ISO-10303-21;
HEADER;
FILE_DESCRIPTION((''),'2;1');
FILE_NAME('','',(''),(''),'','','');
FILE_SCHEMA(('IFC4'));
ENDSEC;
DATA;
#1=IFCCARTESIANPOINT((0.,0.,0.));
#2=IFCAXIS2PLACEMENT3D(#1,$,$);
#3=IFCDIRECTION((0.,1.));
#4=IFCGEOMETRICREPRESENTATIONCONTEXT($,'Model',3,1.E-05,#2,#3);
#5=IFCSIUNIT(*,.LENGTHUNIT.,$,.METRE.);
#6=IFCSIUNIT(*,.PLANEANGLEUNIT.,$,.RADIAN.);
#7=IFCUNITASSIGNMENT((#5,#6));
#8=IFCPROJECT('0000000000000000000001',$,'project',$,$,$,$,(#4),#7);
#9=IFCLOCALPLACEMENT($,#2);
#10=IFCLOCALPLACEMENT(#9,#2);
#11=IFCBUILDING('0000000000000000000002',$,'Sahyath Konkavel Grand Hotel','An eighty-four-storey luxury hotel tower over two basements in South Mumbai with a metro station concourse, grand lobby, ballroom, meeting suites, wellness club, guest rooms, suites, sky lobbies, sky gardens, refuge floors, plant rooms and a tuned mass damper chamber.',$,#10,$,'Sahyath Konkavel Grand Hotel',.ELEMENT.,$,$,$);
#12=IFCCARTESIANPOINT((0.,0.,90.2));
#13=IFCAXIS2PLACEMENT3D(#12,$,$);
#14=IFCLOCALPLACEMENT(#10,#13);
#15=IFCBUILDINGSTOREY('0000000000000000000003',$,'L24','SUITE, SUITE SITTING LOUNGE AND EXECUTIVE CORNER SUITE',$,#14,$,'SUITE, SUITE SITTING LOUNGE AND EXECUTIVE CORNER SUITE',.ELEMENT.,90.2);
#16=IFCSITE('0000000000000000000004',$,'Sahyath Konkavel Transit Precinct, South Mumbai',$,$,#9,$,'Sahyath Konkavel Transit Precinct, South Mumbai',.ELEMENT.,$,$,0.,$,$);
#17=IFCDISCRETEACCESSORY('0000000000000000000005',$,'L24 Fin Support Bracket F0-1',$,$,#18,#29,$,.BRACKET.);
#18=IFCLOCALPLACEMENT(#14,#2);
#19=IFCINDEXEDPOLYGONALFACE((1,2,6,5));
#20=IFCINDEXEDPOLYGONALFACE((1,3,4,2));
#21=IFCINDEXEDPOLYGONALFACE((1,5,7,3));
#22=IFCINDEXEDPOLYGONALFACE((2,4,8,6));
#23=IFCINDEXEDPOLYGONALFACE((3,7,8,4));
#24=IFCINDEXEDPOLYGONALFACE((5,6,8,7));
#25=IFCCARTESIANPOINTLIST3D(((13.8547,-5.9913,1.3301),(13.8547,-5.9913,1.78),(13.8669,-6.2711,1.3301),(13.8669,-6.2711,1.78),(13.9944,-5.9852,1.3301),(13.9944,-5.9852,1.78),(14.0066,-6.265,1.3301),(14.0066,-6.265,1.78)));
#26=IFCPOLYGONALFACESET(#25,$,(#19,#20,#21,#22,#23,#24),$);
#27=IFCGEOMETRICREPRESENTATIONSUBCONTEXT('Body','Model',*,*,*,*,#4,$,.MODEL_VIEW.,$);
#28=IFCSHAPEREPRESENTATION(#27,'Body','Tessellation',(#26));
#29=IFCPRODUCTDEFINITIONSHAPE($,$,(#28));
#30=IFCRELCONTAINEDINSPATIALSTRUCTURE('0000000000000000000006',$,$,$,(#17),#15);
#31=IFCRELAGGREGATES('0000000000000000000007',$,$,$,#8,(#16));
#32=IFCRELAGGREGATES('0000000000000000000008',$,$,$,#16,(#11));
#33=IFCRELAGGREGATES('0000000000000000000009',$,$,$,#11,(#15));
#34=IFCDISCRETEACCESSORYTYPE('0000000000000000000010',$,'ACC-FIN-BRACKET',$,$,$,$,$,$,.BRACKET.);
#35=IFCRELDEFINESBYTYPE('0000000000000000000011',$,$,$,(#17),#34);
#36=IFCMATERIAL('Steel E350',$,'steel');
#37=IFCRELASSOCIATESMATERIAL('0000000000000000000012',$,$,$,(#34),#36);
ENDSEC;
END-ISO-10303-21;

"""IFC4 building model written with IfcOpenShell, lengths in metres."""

from ifc_helpers import new_model, si_unit, direction, frame, origin, origin_2d, place, context, subcontext, project, spatial, rectangle, extrude, source, transform, mapped, material, type_object, element, save


model = new_model("IFC4")

# Units and contexts
model_context = context("Model", 3, precision=1e-05, world=origin(), true_north=direction((0.0, 1.0)))
body_context = subcontext(model_context, "Body", "Model", "MODEL_VIEW")
ifc_project = project(units=[si_unit("LENGTHUNIT", "METRE"), si_unit("PLANEANGLEUNIT", "RADIAN")], contexts=[model_context])

# Site, building, storey
site_placement = place(None, origin())
site = spatial("IfcSite", under=ifc_project, at=site_placement, Name="Sahyath Konkavel Transit Precinct, South Mumbai", LongName="Sahyath Konkavel Transit Precinct, South Mumbai", CompositionType="ELEMENT", RefElevation=0.0)
building_placement = place(site_placement, origin())
building = spatial("IfcBuilding", under=site, at=building_placement, Name="Sahyath Konkavel Grand Hotel", Description="An eighty-four-storey luxury hotel tower over two basements in South Mumbai with a metro station concourse, grand lobby, ballroom, meeting suites, wellness club, guest rooms, suites, sky lobbies, sky gardens, refuge floors, plant rooms and a tuned mass damper chamber.", LongName="Sahyath Konkavel Grand Hotel", CompositionType="ELEMENT")
storey_placement = place(building_placement, frame((0.0, 0.0, 90.2)))
storey = spatial("IfcBuildingStorey", under=building, at=storey_placement, Name="L24", Description="SUITE, SUITE SITTING LOUNGE AND EXECUTIVE CORNER SUITE", LongName="SUITE, SUITE SITTING LOUNGE AND EXECUTIVE CORNER SUITE", CompositionType="ELEMENT", Elevation=90.2)

# Shared definitions
ifc_material_1 = material(Name="Steel E350", Category="steel")

# Discrete accessory
discrete_accessory_type = type_object("IfcDiscreteAccessoryType", Name="ACC-FIN-BRACKET", PredefinedType="BRACKET", material=ifc_material_1)
shared_shape_1 = source(origin(), body_context, "Body", "SweptSolid", [
    extrude(rectangle(XDim=0.28, YDim=0.1399, at=origin_2d()), origin(), (0.0, 0.0, 1.0), 0.45),
])
discrete_accessory_placement = place(storey_placement, frame((13.9307, -6.1282, 1.3301), z_axis=(0.0, 0.0, 1.0), x_axis=(0.043602, -0.999049, 0.0)))
element("IfcDiscreteAccessory", 1, at=discrete_accessory_placement, inside=storey, type_object=discrete_accessory_type, Name="L24 Fin Support Bracket F0-1", PredefinedType="BRACKET", context=body_context, shape_type="MappedRepresentation", body=[
    mapped(shared_shape_1, transform((0.0, 0.0, 0.0), scale=1.0)),
])

save(model, "model.ifc")
